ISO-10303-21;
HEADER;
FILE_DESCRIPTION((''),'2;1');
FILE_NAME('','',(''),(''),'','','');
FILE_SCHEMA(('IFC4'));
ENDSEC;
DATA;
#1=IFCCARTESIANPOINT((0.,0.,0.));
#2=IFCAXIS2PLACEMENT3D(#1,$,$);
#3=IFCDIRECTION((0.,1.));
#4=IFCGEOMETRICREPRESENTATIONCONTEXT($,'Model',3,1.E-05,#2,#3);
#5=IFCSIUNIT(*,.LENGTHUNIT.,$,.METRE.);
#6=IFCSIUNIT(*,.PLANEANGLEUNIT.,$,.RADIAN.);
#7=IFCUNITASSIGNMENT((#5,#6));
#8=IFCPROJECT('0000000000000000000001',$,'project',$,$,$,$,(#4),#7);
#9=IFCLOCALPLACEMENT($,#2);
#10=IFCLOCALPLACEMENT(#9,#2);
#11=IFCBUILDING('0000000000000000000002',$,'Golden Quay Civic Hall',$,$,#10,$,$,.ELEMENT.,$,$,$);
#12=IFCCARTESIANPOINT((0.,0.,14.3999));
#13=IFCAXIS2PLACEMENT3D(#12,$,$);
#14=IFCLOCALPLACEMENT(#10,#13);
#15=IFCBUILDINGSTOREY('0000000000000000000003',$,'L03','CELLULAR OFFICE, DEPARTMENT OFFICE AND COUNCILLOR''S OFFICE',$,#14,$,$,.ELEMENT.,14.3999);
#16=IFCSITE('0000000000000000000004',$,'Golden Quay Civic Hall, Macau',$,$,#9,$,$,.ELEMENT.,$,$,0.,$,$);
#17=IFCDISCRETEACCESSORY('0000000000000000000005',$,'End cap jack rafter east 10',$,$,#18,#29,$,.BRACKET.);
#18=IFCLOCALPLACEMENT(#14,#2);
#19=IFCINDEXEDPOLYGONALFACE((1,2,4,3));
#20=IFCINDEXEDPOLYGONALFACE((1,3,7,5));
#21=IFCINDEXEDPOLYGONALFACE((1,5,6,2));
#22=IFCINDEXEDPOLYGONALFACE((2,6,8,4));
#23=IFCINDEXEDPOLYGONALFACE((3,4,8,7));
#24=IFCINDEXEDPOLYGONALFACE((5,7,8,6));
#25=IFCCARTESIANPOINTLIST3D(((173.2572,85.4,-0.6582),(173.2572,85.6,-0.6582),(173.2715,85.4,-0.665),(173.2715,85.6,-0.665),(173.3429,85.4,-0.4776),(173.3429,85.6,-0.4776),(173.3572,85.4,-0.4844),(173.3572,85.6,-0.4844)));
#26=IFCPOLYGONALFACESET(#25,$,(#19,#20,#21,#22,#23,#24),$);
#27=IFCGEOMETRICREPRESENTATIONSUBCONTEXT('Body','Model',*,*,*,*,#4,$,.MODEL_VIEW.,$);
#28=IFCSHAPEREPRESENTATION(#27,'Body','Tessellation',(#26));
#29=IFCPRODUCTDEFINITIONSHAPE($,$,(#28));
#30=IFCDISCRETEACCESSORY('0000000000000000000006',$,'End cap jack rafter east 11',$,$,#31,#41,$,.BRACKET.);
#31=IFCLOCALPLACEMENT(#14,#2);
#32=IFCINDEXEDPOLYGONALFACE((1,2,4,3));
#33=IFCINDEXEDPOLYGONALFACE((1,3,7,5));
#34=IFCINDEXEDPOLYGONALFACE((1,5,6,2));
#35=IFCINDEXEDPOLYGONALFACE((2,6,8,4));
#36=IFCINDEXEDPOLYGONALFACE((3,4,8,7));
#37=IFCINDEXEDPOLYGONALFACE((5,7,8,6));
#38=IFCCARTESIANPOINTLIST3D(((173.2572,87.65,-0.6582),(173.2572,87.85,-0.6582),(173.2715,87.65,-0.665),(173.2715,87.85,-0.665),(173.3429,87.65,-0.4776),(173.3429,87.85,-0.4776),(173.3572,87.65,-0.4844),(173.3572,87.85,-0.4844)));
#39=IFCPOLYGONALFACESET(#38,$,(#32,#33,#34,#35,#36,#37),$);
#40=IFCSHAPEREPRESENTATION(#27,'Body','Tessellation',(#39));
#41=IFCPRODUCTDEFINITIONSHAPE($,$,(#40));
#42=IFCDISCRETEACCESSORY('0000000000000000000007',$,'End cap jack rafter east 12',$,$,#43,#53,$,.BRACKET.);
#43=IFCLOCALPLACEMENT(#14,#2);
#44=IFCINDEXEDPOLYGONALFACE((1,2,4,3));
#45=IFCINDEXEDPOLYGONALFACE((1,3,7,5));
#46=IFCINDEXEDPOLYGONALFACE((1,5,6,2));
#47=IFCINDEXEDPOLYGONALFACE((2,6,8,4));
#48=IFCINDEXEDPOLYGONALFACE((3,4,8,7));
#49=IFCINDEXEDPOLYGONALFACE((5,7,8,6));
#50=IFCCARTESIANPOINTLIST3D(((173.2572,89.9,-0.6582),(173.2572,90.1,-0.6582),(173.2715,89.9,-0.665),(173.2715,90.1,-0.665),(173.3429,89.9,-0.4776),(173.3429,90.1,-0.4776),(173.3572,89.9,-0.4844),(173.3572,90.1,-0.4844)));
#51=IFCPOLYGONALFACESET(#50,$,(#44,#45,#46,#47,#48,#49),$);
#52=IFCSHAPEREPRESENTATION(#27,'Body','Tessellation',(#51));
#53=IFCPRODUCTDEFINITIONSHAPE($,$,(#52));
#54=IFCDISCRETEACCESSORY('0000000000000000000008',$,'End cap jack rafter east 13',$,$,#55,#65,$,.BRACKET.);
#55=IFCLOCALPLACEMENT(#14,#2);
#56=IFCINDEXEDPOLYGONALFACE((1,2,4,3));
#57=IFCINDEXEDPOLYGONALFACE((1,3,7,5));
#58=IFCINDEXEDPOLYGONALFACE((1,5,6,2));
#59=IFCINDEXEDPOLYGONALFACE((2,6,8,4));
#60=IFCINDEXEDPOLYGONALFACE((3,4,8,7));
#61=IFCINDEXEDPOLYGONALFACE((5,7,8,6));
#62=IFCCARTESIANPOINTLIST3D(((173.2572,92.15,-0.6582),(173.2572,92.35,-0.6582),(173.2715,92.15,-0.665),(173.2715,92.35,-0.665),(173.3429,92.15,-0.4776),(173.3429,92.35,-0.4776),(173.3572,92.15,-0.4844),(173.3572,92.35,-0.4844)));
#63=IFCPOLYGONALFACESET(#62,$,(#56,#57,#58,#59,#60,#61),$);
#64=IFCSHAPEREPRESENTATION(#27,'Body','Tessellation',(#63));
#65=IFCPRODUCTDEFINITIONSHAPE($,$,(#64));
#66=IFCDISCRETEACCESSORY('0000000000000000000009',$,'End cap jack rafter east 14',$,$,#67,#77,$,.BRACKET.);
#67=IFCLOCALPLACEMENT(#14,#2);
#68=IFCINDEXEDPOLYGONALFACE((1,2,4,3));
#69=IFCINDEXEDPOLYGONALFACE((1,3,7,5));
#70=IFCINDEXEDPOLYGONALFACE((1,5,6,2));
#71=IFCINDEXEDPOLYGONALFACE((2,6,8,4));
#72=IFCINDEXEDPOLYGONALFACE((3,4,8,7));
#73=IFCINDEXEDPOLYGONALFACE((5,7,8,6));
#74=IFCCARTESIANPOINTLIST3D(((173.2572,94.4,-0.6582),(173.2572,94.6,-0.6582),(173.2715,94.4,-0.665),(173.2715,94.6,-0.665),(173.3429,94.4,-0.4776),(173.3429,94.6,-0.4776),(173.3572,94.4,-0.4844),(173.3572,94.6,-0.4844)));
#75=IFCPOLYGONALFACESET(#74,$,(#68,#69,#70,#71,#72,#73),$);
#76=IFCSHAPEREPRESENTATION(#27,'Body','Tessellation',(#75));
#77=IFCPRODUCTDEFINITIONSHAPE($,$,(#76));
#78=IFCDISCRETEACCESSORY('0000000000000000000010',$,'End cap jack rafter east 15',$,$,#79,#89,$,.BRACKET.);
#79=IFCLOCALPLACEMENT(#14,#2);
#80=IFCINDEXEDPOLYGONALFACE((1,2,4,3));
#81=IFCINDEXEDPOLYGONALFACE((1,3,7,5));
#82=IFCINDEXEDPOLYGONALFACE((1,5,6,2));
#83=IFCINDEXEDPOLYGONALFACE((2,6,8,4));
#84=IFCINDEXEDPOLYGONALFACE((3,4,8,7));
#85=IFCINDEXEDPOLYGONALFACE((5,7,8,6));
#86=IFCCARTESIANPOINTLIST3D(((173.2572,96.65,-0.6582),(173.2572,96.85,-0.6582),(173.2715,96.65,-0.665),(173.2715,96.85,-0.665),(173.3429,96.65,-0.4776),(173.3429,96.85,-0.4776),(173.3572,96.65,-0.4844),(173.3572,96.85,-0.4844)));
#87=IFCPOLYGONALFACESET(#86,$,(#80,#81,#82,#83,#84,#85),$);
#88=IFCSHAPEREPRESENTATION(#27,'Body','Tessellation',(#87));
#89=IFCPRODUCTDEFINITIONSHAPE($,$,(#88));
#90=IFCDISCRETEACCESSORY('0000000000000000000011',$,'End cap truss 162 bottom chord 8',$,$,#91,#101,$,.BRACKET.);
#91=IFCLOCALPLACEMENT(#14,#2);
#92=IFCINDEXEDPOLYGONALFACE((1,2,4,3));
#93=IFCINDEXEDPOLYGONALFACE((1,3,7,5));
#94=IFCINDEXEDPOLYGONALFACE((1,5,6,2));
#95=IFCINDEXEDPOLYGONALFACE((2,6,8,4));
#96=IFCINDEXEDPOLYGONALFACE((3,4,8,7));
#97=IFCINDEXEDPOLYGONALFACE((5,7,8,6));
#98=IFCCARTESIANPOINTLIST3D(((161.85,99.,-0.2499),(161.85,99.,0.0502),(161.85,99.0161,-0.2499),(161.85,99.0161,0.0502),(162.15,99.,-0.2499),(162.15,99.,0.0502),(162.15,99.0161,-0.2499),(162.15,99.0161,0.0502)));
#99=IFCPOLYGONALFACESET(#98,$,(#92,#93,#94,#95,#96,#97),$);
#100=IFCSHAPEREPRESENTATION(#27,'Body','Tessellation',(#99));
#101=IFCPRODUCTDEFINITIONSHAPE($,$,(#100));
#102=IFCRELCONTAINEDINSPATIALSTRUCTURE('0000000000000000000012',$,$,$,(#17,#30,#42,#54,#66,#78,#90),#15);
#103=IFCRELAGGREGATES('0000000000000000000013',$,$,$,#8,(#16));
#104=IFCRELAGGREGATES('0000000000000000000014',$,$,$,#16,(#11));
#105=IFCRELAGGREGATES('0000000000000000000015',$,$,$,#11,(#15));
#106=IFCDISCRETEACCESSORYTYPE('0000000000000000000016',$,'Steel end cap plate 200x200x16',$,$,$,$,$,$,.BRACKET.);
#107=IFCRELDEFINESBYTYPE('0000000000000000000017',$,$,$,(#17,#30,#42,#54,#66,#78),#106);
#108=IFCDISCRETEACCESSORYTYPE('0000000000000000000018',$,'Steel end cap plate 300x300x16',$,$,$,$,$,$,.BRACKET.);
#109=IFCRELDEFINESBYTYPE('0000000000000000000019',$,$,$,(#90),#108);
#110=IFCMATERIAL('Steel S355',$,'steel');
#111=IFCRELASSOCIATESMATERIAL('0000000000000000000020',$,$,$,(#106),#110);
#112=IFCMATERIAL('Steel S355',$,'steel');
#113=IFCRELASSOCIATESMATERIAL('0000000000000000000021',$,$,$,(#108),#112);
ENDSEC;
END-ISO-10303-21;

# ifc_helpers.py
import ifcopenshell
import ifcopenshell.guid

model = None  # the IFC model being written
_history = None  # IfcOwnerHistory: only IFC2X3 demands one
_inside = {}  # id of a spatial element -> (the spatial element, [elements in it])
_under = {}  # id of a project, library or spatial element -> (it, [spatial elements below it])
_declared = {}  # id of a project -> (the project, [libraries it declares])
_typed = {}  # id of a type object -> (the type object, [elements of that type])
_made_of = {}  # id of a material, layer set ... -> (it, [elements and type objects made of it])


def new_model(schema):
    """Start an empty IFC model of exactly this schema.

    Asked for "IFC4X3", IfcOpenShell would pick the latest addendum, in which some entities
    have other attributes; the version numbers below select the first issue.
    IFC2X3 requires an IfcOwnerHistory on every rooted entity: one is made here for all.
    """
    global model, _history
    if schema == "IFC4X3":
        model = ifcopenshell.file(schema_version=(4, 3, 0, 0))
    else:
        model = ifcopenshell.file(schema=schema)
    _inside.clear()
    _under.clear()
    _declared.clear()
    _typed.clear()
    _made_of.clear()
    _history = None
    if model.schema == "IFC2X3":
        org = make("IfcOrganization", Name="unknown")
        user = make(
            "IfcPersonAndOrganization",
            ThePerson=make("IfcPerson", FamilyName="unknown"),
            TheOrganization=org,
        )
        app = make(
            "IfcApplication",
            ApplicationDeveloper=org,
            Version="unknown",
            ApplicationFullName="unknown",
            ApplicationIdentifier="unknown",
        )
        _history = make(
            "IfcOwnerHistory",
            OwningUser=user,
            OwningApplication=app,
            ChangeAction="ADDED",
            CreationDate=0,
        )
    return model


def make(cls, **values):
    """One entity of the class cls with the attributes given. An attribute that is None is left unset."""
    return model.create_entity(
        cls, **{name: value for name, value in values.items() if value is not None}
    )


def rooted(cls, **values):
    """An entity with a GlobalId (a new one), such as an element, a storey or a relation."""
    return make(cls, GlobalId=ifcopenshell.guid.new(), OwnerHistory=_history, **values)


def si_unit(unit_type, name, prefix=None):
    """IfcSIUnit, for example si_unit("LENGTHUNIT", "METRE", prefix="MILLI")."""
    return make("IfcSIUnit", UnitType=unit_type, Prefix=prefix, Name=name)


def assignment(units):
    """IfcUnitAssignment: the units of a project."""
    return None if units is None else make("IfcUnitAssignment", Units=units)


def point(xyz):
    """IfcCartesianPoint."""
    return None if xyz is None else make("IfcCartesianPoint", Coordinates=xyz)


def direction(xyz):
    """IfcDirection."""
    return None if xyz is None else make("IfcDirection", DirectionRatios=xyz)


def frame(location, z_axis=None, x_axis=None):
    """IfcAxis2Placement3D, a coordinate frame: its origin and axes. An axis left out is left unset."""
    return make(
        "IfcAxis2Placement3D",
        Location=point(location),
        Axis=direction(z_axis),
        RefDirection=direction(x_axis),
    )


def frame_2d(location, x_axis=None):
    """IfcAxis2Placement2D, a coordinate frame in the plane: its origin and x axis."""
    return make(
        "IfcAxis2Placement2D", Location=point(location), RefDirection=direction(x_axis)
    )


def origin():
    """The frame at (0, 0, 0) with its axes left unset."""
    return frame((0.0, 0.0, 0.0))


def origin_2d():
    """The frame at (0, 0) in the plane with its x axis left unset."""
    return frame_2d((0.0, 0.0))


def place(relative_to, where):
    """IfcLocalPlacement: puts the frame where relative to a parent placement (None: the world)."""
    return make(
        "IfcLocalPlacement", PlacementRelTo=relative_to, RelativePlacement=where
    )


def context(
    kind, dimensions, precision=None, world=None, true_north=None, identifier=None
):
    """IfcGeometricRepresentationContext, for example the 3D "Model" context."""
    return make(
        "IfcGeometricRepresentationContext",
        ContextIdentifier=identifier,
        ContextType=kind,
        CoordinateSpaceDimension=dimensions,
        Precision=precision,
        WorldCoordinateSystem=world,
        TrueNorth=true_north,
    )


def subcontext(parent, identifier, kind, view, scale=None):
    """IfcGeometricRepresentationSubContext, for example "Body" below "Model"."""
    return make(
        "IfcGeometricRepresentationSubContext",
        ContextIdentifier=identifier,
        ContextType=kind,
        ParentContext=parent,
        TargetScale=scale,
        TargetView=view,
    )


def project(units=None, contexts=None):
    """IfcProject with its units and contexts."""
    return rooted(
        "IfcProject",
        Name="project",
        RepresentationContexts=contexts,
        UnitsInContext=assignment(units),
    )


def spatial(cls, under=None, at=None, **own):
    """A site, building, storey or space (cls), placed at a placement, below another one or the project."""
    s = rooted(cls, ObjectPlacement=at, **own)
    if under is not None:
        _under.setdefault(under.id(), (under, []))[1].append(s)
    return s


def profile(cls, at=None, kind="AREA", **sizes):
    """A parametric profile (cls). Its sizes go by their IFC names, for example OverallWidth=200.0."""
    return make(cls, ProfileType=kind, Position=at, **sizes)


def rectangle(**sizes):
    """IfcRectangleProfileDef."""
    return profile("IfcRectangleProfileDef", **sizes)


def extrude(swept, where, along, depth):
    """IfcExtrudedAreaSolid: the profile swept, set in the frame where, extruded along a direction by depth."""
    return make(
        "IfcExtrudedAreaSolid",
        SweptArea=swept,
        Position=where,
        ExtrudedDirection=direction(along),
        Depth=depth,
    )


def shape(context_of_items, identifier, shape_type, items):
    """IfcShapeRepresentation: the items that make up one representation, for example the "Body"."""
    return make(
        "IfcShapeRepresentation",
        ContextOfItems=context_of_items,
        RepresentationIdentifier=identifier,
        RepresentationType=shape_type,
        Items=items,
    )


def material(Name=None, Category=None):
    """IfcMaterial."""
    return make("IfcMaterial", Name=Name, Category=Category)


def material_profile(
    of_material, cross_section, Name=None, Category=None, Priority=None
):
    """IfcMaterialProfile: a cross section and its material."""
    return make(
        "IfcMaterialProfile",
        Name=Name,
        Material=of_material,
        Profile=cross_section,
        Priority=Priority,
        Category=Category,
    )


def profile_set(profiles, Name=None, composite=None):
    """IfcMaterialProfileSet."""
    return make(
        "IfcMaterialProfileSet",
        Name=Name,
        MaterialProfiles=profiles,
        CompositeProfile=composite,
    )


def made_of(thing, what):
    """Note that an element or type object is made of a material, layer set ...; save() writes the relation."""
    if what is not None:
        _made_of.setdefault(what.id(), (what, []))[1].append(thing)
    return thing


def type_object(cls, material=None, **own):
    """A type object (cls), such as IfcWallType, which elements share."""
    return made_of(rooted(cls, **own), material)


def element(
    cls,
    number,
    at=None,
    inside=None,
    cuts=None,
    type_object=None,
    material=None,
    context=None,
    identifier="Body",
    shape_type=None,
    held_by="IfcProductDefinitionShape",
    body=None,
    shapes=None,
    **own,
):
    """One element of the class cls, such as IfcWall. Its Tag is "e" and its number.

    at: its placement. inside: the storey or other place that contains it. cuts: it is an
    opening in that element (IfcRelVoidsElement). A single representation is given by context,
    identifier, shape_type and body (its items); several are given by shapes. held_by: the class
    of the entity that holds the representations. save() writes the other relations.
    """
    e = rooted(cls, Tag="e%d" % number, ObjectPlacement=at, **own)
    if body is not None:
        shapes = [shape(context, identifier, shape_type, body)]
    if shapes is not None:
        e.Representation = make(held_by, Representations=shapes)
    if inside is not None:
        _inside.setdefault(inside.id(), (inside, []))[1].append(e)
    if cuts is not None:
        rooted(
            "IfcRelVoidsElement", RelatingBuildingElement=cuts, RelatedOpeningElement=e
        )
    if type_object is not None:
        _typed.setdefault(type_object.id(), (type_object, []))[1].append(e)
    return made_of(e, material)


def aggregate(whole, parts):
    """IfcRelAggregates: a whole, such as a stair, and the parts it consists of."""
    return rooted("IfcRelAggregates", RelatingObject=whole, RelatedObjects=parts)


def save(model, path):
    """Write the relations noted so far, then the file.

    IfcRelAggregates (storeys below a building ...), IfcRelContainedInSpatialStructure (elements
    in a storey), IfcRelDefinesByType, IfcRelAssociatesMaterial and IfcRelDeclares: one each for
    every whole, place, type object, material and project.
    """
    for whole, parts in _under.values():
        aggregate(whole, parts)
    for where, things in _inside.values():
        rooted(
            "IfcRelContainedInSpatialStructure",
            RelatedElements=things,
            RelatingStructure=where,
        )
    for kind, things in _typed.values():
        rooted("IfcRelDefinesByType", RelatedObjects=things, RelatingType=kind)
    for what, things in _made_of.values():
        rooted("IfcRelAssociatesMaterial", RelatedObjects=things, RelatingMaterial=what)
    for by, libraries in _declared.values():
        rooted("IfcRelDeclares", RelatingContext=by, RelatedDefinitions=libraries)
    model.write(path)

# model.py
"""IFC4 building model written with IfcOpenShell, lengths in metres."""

from ifc_helpers import new_model, si_unit, direction, frame, origin, origin_2d, place, context, subcontext, project, spatial, rectangle, extrude, material, material_profile, profile_set, type_object, element, save


model = new_model("IFC4")

# Units and contexts
model_context = context("Model", 3, precision=1e-05, world=origin(), true_north=direction((0.0, 1.0)))
body_context = subcontext(model_context, "Body", "Model", "MODEL_VIEW")
ifc_project = project(units=[si_unit("LENGTHUNIT", "METRE"), si_unit("PLANEANGLEUNIT", "RADIAN")], contexts=[model_context])

# Site, building, storey
site_placement = place(None, origin())
site = spatial("IfcSite", under=ifc_project, at=site_placement, Name="Golden Quay Civic Hall, Macau", CompositionType="ELEMENT", RefElevation=0.0)
building_placement = place(site_placement, origin())
building = spatial("IfcBuilding", under=site, at=building_placement, Name="Golden Quay Civic Hall", CompositionType="ELEMENT")
storey_placement = place(building_placement, frame((0.0, 0.0, 14.3999)))
storey = spatial("IfcBuildingStorey", under=building, at=storey_placement, Name="L03", Description="CELLULAR OFFICE, DEPARTMENT OFFICE AND COUNCILLOR'S OFFICE", CompositionType="ELEMENT", Elevation=14.3999)

# Discrete accessories
ifc_material_1 = material(Name="Steel S355", Category="steel")
ifc_material_profile_1 = material_profile(ifc_material_1, rectangle(XDim=0.2, YDim=0.2, at=origin_2d()), Name="Steel end cap plate 200x200x16")
ifc_profile_set_1 = profile_set([ifc_material_profile_1], Name="Steel S355")
discrete_accessory_type_1 = type_object("IfcDiscreteAccessoryType", Name="Steel end cap plate 200x200x16", PredefinedType="BRACKET", material=ifc_profile_set_1)
for number, where, z_axis, x_axis, name in (
    (1, (173.3, 85.5, -0.5679), (0.903426, 0.0, -0.428744), (0.0, 1.0, 0.0), "End cap jack rafter east 10"),
    (2, (173.3, 87.75, -0.5679), (0.903426, 0.0, -0.428744), (0.0, 1.0, 0.0), "End cap jack rafter east 11"),
    (3, (173.3, 90.0, -0.5679), (0.903426, 0.0, -0.428744), (0.0, 1.0, 0.0), "End cap jack rafter east 12"),
    (4, (173.3, 92.25, -0.5679), (0.903426, 0.0, -0.428744), (0.0, 1.0, 0.0), "End cap jack rafter east 13"),
    (5, (173.3, 94.5, -0.5679), (0.903426, 0.0, -0.428744), (0.0, 1.0, 0.0), "End cap jack rafter east 14"),
    (6, (173.3, 96.75, -0.5679), (0.903426, 0.0, -0.428744), (0.0, 1.0, 0.0), "End cap jack rafter east 15"),
):
    element("IfcDiscreteAccessory", number, at=place(storey_placement, frame(where, z_axis=z_axis, x_axis=x_axis)), inside=storey, type_object=discrete_accessory_type_1, Name=name, PredefinedType="BRACKET", context=body_context, shape_type="SweptSolid", body=[
        extrude(rectangle(XDim=0.2, YDim=0.2, at=origin_2d()), origin(), (0.0, 0.0, 1.0), 0.0159),
    ])
ifc_material_2 = material(Name="Steel S355", Category="steel")
ifc_material_profile_2 = material_profile(ifc_material_2, rectangle(XDim=0.3, YDim=0.3, at=origin_2d()), Name="Steel end cap plate 300x300x16")
ifc_profile_set_2 = profile_set([ifc_material_profile_2], Name="Steel S355")
discrete_accessory_type_2 = type_object("IfcDiscreteAccessoryType", Name="Steel end cap plate 300x300x16", PredefinedType="BRACKET", material=ifc_profile_set_2)
discrete_accessory_1_placement = place(storey_placement, frame((162.0, 99.0, -0.0999), z_axis=(0.0, 1.0, 0.0), x_axis=(-1.0, 0.0, 0.0)))
element("IfcDiscreteAccessory", 7, at=discrete_accessory_1_placement, inside=storey, type_object=discrete_accessory_type_2, Name="End cap truss 162 bottom chord 8", PredefinedType="BRACKET", context=body_context, shape_type="SweptSolid", body=[
    extrude(rectangle(XDim=0.3, YDim=0.3, at=origin_2d()), origin(), (0.0, 0.0, 1.0), 0.0161),
])

save(model, "model.ifc")
